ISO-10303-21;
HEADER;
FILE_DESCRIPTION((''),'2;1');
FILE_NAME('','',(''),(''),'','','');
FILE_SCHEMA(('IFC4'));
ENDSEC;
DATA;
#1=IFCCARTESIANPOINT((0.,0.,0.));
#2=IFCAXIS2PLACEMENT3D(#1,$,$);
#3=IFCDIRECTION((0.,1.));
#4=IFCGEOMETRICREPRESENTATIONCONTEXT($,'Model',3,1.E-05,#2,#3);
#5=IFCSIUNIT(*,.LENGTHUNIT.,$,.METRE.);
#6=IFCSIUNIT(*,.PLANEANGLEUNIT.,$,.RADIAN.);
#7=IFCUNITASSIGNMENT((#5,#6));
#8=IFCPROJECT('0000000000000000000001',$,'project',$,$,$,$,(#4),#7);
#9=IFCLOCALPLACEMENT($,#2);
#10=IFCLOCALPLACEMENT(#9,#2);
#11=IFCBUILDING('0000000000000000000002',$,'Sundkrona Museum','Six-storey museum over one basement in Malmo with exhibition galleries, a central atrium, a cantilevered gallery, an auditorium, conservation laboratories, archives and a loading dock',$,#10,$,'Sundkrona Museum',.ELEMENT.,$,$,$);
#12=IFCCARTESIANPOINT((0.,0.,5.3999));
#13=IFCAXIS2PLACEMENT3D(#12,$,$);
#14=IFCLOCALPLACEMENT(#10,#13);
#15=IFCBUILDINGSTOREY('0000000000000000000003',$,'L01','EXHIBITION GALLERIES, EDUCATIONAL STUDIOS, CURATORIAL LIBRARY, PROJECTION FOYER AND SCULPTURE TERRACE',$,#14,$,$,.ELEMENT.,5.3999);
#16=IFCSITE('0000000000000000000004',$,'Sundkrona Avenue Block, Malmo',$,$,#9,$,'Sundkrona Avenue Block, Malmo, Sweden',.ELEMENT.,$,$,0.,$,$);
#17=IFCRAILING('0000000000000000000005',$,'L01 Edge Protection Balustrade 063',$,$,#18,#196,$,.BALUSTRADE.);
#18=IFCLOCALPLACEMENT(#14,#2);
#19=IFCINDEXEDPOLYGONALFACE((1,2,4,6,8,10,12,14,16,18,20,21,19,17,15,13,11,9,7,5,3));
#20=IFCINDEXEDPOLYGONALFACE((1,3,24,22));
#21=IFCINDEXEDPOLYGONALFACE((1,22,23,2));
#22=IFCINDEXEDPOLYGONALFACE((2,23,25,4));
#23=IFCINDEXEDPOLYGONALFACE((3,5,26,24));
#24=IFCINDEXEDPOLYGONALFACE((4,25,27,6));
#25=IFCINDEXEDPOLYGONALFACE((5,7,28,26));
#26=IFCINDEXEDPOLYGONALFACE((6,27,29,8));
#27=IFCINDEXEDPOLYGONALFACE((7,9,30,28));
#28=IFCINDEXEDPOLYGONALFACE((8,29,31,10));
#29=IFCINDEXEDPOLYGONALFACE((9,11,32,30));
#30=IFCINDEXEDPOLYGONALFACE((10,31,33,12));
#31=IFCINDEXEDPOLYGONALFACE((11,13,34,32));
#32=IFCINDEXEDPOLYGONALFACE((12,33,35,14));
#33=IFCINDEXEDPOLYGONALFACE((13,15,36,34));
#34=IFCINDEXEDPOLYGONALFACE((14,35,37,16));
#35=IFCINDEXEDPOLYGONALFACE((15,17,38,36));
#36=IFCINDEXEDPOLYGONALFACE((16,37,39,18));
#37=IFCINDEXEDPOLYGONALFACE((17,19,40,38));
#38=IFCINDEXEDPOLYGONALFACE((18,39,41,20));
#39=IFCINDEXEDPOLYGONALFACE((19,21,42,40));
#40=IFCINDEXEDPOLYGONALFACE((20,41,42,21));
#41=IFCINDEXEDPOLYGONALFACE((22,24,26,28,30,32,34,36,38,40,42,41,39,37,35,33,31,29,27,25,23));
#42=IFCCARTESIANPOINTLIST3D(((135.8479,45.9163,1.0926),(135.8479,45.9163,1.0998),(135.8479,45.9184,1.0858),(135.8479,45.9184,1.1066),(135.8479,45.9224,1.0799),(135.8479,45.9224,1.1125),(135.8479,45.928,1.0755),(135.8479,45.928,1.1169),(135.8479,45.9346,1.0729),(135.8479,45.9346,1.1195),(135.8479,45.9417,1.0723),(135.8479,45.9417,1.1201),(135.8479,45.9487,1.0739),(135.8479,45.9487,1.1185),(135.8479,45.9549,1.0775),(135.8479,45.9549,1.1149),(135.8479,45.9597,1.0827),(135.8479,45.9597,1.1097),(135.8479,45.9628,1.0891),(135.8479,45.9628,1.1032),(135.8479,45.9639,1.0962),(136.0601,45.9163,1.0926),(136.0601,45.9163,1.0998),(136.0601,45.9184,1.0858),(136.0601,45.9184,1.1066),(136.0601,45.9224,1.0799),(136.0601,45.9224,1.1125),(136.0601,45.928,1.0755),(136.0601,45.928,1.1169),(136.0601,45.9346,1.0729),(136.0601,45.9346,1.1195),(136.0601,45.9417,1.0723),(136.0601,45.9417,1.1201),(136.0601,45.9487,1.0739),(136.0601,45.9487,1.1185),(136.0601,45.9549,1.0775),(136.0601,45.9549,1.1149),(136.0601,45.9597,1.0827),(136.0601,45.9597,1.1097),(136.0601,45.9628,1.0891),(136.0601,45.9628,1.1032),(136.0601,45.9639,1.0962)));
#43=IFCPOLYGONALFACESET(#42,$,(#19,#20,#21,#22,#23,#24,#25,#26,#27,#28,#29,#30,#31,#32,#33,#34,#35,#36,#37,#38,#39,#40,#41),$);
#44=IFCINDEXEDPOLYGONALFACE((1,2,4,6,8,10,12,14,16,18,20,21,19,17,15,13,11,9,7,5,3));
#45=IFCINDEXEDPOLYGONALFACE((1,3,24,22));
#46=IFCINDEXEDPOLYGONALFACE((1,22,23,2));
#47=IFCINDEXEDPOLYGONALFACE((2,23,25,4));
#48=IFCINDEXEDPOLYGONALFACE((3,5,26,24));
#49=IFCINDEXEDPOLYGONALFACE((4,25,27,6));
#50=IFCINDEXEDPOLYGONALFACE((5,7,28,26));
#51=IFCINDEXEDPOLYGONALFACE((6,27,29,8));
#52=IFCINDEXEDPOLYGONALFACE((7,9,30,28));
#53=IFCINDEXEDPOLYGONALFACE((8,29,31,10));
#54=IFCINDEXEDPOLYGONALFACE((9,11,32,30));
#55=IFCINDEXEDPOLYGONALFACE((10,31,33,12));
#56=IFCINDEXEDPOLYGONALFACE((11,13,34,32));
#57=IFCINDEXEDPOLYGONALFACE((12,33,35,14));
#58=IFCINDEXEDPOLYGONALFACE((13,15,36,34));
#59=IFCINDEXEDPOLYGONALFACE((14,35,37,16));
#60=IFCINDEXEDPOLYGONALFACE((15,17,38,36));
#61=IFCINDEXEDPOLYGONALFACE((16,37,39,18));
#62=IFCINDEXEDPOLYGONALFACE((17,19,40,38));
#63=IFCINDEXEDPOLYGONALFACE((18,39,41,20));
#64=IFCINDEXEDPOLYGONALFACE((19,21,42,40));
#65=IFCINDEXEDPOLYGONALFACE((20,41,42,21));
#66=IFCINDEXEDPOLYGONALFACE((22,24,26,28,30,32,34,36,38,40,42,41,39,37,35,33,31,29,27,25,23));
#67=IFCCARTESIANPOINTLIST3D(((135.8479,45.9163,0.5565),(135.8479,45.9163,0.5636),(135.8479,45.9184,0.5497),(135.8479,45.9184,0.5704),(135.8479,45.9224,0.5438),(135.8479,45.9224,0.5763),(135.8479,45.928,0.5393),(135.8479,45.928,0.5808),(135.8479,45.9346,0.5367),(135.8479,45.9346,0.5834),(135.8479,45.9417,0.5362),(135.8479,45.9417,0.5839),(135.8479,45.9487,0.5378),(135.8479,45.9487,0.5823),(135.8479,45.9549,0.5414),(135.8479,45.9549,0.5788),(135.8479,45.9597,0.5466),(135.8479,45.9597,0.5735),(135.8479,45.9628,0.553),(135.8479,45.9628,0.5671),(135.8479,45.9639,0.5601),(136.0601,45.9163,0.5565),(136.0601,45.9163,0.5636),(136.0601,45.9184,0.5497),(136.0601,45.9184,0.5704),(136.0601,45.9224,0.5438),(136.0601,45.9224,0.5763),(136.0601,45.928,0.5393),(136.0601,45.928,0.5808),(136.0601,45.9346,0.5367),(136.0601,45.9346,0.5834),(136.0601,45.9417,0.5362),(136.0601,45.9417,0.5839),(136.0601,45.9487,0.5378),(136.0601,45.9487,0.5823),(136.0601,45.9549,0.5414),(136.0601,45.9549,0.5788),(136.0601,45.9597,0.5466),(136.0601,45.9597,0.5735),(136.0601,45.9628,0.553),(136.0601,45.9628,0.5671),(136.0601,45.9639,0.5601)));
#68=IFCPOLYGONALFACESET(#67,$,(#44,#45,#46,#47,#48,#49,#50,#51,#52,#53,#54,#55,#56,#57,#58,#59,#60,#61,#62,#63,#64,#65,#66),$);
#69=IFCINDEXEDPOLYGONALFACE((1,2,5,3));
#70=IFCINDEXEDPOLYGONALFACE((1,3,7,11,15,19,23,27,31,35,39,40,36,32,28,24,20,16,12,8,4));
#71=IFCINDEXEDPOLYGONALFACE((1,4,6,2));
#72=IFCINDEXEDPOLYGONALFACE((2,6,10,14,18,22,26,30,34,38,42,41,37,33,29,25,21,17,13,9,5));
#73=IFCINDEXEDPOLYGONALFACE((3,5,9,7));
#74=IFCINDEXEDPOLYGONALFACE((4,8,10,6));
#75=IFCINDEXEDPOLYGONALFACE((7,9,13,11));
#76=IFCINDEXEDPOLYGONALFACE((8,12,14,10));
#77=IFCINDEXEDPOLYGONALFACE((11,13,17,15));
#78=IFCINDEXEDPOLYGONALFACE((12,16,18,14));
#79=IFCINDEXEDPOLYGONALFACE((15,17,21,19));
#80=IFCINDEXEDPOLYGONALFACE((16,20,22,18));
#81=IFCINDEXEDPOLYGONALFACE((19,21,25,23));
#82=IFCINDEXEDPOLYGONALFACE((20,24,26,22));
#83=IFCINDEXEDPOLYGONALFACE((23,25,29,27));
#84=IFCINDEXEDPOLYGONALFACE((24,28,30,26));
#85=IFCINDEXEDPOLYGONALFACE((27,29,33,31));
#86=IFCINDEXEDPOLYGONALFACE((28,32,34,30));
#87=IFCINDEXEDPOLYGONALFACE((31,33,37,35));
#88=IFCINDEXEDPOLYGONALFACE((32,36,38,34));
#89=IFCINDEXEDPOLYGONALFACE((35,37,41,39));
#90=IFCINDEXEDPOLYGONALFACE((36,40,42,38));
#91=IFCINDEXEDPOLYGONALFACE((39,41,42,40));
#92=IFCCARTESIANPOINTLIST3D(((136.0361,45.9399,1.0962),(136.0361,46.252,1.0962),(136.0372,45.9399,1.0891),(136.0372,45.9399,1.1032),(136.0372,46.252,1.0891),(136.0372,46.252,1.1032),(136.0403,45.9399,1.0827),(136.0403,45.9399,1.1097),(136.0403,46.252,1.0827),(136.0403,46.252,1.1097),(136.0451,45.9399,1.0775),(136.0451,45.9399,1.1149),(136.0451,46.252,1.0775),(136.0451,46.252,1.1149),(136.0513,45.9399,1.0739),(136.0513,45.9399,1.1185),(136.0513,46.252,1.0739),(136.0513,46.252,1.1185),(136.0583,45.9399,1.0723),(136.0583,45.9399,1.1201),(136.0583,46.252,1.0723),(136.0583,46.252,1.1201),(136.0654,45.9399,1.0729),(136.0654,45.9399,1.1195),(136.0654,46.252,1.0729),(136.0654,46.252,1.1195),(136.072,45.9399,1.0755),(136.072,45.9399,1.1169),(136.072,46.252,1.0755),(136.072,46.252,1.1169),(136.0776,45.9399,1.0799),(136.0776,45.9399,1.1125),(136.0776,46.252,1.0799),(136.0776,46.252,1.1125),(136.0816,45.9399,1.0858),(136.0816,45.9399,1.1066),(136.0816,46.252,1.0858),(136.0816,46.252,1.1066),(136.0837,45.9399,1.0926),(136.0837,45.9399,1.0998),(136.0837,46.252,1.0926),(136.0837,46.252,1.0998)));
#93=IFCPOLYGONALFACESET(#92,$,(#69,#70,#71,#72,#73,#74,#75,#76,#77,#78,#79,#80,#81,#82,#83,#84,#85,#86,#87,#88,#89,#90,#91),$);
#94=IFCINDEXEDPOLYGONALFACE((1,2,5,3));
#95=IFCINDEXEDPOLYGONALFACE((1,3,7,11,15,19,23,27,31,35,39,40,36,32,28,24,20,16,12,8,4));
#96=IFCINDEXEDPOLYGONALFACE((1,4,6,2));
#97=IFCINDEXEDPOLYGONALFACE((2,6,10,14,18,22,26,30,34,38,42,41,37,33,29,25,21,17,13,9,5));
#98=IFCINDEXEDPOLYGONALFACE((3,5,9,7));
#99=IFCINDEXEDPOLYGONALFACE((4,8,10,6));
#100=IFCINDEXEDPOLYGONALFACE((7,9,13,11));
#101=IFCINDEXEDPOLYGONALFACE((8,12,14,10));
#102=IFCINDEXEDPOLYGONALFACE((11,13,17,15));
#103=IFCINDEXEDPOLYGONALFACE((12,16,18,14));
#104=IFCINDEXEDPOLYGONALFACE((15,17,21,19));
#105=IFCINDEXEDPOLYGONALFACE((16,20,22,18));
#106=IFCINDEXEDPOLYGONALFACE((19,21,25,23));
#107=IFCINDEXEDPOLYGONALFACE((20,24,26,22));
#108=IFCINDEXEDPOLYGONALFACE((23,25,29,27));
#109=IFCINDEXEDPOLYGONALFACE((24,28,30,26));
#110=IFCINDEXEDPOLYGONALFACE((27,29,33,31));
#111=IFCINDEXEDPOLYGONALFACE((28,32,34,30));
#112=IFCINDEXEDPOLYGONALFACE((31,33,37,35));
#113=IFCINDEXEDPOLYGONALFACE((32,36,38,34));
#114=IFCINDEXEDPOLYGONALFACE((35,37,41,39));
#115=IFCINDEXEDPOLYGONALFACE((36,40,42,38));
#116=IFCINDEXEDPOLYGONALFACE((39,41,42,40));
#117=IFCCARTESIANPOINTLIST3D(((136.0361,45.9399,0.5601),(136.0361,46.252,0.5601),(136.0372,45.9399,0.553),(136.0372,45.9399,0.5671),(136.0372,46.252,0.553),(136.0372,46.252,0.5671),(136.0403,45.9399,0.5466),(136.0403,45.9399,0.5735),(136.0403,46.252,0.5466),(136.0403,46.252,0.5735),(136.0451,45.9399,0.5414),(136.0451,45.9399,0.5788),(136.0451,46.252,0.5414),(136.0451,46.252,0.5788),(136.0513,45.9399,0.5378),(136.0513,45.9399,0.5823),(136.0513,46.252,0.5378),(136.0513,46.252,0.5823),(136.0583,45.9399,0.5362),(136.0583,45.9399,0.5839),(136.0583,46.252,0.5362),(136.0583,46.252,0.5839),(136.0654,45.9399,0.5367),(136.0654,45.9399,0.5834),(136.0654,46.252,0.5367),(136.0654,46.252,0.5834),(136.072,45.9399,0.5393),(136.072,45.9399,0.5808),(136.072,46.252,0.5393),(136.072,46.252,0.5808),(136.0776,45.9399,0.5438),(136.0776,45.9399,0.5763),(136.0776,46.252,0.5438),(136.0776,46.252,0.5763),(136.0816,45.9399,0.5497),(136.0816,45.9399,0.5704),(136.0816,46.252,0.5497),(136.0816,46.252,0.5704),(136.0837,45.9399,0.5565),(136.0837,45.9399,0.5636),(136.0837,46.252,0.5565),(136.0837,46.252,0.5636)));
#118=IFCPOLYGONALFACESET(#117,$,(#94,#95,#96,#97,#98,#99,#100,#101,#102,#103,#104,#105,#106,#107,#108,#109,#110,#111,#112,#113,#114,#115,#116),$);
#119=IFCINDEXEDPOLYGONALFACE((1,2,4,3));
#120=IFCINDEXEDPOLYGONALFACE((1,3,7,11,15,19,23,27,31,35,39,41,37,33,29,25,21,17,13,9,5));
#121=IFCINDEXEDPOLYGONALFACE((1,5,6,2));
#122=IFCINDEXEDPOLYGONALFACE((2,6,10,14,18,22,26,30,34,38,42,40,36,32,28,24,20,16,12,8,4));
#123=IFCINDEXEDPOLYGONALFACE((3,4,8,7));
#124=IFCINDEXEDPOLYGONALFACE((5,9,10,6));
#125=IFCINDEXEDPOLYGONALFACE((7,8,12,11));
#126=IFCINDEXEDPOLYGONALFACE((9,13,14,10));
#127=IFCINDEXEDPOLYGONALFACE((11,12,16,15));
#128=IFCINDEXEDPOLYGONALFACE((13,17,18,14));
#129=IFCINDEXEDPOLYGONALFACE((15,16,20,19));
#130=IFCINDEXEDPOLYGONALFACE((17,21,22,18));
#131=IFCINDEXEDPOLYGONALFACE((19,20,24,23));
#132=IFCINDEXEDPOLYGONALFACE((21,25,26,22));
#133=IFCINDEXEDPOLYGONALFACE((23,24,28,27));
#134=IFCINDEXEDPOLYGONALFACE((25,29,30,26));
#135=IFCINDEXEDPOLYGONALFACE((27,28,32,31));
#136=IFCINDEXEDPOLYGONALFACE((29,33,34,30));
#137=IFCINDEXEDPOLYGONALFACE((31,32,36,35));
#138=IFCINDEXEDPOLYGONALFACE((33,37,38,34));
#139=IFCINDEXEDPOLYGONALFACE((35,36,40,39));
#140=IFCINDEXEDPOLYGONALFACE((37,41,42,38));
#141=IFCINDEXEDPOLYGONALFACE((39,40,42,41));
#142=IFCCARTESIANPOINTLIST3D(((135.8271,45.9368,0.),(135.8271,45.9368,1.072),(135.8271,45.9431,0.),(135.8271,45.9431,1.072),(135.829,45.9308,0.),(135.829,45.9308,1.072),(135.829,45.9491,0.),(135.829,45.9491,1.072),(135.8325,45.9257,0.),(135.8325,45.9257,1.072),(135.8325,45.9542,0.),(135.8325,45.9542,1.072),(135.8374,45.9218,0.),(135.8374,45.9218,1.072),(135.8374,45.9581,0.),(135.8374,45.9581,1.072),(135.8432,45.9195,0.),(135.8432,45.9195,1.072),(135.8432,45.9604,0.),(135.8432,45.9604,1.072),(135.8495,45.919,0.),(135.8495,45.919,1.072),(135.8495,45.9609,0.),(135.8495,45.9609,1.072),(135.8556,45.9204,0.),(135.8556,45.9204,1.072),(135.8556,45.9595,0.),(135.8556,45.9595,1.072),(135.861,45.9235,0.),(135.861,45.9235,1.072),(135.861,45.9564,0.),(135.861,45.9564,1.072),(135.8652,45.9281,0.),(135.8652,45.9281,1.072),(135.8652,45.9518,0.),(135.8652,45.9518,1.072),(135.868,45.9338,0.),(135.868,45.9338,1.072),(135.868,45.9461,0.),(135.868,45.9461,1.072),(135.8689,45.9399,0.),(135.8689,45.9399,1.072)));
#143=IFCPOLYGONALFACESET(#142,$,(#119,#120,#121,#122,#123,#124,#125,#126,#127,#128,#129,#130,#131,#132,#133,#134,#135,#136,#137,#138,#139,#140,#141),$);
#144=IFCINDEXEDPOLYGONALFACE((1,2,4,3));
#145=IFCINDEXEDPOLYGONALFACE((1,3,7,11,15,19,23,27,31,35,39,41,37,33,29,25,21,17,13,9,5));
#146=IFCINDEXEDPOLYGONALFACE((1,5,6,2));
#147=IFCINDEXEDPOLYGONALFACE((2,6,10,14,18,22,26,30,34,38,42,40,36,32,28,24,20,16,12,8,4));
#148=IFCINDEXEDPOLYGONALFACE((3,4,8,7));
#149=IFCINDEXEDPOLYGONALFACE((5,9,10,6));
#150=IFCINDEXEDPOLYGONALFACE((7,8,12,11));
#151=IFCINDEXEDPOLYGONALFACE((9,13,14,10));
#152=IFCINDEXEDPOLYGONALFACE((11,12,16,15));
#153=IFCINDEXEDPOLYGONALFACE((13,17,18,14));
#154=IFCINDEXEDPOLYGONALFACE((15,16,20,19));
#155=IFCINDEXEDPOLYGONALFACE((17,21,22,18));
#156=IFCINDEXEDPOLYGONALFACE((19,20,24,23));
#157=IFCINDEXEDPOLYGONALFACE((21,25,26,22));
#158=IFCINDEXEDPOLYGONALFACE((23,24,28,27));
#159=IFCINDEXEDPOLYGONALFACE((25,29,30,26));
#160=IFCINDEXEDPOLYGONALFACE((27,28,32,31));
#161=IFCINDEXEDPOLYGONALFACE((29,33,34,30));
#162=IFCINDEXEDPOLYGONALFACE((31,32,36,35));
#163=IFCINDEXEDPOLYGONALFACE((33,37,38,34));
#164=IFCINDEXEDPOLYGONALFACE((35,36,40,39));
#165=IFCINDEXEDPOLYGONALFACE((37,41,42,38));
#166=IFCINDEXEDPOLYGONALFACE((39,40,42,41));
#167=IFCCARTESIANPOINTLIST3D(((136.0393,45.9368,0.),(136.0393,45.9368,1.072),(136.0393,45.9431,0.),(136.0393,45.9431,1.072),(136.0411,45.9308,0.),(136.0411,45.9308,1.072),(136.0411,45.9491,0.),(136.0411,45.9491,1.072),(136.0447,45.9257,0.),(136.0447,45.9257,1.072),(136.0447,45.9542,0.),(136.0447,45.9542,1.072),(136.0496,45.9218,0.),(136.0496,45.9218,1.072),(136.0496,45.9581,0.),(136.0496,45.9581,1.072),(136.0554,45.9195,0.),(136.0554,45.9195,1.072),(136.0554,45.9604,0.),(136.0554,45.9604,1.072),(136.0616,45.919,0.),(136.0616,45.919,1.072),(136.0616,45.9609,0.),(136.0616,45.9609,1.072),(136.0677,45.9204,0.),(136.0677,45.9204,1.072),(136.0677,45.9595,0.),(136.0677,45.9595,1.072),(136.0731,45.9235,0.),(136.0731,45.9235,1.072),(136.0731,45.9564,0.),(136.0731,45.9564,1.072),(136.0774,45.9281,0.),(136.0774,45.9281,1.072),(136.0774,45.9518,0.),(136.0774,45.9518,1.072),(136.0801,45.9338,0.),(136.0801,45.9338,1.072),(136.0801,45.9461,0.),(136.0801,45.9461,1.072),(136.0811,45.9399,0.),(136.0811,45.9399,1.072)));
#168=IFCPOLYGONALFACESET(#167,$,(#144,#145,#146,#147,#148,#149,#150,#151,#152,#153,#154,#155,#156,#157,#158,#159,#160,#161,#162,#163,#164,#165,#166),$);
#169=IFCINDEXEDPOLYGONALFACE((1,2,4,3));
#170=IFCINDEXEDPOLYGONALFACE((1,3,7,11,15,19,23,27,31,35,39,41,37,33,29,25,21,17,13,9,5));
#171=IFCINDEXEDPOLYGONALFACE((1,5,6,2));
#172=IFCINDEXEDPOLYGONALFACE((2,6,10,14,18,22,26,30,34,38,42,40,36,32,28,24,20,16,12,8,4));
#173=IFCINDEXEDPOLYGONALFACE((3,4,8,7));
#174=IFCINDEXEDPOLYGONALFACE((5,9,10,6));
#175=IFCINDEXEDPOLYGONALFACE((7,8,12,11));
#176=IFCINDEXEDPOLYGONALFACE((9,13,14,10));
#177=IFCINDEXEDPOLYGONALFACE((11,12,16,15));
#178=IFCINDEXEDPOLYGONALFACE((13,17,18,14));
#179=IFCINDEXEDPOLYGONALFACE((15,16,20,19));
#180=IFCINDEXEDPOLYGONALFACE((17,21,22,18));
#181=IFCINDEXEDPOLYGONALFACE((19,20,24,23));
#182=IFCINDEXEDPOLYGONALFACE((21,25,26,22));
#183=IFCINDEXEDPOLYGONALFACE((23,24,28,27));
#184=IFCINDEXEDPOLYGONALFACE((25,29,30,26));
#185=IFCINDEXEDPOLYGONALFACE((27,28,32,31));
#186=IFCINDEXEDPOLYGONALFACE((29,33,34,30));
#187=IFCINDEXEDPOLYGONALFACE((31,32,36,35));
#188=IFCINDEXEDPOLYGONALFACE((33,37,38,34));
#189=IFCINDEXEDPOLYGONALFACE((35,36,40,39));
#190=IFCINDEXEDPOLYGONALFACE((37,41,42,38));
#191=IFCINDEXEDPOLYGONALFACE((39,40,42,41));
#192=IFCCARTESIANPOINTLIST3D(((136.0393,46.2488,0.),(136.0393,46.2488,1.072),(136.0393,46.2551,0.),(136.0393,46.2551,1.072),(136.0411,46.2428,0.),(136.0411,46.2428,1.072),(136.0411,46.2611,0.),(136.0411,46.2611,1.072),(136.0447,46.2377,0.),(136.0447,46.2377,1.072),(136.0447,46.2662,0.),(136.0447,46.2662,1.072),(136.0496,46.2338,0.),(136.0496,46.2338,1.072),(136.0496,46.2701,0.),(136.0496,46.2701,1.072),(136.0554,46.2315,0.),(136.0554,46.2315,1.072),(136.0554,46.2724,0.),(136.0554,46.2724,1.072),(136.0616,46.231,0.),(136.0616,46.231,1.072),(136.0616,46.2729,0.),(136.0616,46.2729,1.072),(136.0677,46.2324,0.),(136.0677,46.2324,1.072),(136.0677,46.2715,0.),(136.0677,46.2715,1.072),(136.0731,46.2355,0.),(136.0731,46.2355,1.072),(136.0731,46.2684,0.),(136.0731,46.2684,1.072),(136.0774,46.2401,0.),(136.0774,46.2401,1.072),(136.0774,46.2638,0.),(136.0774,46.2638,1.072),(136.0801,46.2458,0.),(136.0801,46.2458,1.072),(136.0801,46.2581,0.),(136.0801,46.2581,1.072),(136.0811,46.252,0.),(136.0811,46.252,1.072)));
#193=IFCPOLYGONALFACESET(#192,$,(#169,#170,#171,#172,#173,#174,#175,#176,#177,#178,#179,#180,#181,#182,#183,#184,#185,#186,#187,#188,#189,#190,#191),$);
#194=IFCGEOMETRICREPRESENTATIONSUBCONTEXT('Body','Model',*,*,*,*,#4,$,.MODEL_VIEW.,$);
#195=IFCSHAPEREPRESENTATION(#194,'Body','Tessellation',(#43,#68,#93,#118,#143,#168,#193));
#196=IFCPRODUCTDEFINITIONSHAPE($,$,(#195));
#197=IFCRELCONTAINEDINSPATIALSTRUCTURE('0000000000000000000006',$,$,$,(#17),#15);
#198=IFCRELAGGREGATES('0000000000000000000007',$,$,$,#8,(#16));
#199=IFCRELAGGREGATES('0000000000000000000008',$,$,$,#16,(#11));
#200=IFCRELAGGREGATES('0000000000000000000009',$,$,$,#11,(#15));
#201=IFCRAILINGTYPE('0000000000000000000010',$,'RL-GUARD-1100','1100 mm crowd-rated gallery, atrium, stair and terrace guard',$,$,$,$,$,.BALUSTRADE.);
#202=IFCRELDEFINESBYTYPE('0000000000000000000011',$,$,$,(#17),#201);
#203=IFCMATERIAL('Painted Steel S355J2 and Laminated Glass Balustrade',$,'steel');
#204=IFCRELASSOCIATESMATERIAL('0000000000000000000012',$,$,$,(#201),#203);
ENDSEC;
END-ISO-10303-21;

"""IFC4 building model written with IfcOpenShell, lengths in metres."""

from ifc_helpers import new_model, si_unit, direction, frame, origin, origin_2d, place, context, subcontext, project, spatial, circle, extrude, material, type_object, element, save


model = new_model("IFC4")

# Units and contexts
model_context = context("Model", 3, precision=1e-05, world=origin(), true_north=direction((0.0, 1.0)))
body_context = subcontext(model_context, "Body", "Model", "MODEL_VIEW")
ifc_project = project(units=[si_unit("LENGTHUNIT", "METRE"), si_unit("PLANEANGLEUNIT", "RADIAN")], contexts=[model_context])

# Site, building, storey
site_placement = place(None, origin())
site = spatial("IfcSite", under=ifc_project, at=site_placement, Name="Sundkrona Avenue Block, Malmo", LongName="Sundkrona Avenue Block, Malmo, Sweden", CompositionType="ELEMENT", RefElevation=0.0)
building_placement = place(site_placement, origin())
building = spatial("IfcBuilding", under=site, at=building_placement, Name="Sundkrona Museum", Description="Six-storey museum over one basement in Malmo with exhibition galleries, a central atrium, a cantilevered gallery, an auditorium, conservation laboratories, archives and a loading dock", LongName="Sundkrona Museum", CompositionType="ELEMENT")
storey_placement = place(building_placement, frame((0.0, 0.0, 5.3999)))
storey = spatial("IfcBuildingStorey", under=building, at=storey_placement, Name="L01", Description="EXHIBITION GALLERIES, EDUCATIONAL STUDIOS, CURATORIAL LIBRARY, PROJECTION FOYER AND SCULPTURE TERRACE", CompositionType="ELEMENT", Elevation=5.3999)

# Railing
ifc_material_1 = material(Name="Painted Steel S355J2 and Laminated Glass Balustrade", Category="steel")
railing_type = type_object("IfcRailingType", Name="RL-GUARD-1100", Description="1100 mm crowd-rated gallery, atrium, stair and terrace guard", PredefinedType="BALUSTRADE", material=ifc_material_1)
railing_1_placement = place(storey_placement, frame((135.8479, 45.9399, 0.0)))
element("IfcRailing", 1, at=railing_1_placement, inside=storey, type_object=railing_type, Name="L01 Edge Protection Balustrade 063", PredefinedType="BALUSTRADE", context=body_context, shape_type="SweptSolid", body=[
    extrude(circle(Radius=0.0239, at=origin_2d()), frame((0.0, 0.0, 1.0962), z_axis=(1.0, 0.0, 0.0), x_axis=(0.0, 1.0, 0.0)), (0.0, 0.0, 1.0), 0.2122),
    extrude(circle(Radius=0.0239, at=origin_2d()), frame((0.0, 0.0, 0.5601), z_axis=(1.0, 0.0, 0.0), x_axis=(0.0, 1.0, 0.0)), (0.0, 0.0, 1.0), 0.2122),
    extrude(circle(Radius=0.0239, at=origin_2d()), frame((0.2122, 0.0, 1.0962), z_axis=(0.0, 1.0, 0.0), x_axis=(-1.0, 0.0, 0.0)), (0.0, 0.0, 1.0), 0.312),
    extrude(circle(Radius=0.0239, at=origin_2d()), frame((0.2122, 0.0, 0.5601), z_axis=(0.0, 1.0, 0.0), x_axis=(-1.0, 0.0, 0.0)), (0.0, 0.0, 1.0), 0.312),
    extrude(circle(Radius=0.021, at=origin_2d()), origin(), (0.0, 0.0, 1.0), 1.072),
    extrude(circle(Radius=0.021, at=origin_2d()), frame((0.2122, 0.0, 0.0)), (0.0, 0.0, 1.0), 1.072),
    extrude(circle(Radius=0.021, at=origin_2d()), frame((0.2122, 0.312, 0.0)), (0.0, 0.0, 1.0), 1.072),
])

save(model, "model.ifc")
